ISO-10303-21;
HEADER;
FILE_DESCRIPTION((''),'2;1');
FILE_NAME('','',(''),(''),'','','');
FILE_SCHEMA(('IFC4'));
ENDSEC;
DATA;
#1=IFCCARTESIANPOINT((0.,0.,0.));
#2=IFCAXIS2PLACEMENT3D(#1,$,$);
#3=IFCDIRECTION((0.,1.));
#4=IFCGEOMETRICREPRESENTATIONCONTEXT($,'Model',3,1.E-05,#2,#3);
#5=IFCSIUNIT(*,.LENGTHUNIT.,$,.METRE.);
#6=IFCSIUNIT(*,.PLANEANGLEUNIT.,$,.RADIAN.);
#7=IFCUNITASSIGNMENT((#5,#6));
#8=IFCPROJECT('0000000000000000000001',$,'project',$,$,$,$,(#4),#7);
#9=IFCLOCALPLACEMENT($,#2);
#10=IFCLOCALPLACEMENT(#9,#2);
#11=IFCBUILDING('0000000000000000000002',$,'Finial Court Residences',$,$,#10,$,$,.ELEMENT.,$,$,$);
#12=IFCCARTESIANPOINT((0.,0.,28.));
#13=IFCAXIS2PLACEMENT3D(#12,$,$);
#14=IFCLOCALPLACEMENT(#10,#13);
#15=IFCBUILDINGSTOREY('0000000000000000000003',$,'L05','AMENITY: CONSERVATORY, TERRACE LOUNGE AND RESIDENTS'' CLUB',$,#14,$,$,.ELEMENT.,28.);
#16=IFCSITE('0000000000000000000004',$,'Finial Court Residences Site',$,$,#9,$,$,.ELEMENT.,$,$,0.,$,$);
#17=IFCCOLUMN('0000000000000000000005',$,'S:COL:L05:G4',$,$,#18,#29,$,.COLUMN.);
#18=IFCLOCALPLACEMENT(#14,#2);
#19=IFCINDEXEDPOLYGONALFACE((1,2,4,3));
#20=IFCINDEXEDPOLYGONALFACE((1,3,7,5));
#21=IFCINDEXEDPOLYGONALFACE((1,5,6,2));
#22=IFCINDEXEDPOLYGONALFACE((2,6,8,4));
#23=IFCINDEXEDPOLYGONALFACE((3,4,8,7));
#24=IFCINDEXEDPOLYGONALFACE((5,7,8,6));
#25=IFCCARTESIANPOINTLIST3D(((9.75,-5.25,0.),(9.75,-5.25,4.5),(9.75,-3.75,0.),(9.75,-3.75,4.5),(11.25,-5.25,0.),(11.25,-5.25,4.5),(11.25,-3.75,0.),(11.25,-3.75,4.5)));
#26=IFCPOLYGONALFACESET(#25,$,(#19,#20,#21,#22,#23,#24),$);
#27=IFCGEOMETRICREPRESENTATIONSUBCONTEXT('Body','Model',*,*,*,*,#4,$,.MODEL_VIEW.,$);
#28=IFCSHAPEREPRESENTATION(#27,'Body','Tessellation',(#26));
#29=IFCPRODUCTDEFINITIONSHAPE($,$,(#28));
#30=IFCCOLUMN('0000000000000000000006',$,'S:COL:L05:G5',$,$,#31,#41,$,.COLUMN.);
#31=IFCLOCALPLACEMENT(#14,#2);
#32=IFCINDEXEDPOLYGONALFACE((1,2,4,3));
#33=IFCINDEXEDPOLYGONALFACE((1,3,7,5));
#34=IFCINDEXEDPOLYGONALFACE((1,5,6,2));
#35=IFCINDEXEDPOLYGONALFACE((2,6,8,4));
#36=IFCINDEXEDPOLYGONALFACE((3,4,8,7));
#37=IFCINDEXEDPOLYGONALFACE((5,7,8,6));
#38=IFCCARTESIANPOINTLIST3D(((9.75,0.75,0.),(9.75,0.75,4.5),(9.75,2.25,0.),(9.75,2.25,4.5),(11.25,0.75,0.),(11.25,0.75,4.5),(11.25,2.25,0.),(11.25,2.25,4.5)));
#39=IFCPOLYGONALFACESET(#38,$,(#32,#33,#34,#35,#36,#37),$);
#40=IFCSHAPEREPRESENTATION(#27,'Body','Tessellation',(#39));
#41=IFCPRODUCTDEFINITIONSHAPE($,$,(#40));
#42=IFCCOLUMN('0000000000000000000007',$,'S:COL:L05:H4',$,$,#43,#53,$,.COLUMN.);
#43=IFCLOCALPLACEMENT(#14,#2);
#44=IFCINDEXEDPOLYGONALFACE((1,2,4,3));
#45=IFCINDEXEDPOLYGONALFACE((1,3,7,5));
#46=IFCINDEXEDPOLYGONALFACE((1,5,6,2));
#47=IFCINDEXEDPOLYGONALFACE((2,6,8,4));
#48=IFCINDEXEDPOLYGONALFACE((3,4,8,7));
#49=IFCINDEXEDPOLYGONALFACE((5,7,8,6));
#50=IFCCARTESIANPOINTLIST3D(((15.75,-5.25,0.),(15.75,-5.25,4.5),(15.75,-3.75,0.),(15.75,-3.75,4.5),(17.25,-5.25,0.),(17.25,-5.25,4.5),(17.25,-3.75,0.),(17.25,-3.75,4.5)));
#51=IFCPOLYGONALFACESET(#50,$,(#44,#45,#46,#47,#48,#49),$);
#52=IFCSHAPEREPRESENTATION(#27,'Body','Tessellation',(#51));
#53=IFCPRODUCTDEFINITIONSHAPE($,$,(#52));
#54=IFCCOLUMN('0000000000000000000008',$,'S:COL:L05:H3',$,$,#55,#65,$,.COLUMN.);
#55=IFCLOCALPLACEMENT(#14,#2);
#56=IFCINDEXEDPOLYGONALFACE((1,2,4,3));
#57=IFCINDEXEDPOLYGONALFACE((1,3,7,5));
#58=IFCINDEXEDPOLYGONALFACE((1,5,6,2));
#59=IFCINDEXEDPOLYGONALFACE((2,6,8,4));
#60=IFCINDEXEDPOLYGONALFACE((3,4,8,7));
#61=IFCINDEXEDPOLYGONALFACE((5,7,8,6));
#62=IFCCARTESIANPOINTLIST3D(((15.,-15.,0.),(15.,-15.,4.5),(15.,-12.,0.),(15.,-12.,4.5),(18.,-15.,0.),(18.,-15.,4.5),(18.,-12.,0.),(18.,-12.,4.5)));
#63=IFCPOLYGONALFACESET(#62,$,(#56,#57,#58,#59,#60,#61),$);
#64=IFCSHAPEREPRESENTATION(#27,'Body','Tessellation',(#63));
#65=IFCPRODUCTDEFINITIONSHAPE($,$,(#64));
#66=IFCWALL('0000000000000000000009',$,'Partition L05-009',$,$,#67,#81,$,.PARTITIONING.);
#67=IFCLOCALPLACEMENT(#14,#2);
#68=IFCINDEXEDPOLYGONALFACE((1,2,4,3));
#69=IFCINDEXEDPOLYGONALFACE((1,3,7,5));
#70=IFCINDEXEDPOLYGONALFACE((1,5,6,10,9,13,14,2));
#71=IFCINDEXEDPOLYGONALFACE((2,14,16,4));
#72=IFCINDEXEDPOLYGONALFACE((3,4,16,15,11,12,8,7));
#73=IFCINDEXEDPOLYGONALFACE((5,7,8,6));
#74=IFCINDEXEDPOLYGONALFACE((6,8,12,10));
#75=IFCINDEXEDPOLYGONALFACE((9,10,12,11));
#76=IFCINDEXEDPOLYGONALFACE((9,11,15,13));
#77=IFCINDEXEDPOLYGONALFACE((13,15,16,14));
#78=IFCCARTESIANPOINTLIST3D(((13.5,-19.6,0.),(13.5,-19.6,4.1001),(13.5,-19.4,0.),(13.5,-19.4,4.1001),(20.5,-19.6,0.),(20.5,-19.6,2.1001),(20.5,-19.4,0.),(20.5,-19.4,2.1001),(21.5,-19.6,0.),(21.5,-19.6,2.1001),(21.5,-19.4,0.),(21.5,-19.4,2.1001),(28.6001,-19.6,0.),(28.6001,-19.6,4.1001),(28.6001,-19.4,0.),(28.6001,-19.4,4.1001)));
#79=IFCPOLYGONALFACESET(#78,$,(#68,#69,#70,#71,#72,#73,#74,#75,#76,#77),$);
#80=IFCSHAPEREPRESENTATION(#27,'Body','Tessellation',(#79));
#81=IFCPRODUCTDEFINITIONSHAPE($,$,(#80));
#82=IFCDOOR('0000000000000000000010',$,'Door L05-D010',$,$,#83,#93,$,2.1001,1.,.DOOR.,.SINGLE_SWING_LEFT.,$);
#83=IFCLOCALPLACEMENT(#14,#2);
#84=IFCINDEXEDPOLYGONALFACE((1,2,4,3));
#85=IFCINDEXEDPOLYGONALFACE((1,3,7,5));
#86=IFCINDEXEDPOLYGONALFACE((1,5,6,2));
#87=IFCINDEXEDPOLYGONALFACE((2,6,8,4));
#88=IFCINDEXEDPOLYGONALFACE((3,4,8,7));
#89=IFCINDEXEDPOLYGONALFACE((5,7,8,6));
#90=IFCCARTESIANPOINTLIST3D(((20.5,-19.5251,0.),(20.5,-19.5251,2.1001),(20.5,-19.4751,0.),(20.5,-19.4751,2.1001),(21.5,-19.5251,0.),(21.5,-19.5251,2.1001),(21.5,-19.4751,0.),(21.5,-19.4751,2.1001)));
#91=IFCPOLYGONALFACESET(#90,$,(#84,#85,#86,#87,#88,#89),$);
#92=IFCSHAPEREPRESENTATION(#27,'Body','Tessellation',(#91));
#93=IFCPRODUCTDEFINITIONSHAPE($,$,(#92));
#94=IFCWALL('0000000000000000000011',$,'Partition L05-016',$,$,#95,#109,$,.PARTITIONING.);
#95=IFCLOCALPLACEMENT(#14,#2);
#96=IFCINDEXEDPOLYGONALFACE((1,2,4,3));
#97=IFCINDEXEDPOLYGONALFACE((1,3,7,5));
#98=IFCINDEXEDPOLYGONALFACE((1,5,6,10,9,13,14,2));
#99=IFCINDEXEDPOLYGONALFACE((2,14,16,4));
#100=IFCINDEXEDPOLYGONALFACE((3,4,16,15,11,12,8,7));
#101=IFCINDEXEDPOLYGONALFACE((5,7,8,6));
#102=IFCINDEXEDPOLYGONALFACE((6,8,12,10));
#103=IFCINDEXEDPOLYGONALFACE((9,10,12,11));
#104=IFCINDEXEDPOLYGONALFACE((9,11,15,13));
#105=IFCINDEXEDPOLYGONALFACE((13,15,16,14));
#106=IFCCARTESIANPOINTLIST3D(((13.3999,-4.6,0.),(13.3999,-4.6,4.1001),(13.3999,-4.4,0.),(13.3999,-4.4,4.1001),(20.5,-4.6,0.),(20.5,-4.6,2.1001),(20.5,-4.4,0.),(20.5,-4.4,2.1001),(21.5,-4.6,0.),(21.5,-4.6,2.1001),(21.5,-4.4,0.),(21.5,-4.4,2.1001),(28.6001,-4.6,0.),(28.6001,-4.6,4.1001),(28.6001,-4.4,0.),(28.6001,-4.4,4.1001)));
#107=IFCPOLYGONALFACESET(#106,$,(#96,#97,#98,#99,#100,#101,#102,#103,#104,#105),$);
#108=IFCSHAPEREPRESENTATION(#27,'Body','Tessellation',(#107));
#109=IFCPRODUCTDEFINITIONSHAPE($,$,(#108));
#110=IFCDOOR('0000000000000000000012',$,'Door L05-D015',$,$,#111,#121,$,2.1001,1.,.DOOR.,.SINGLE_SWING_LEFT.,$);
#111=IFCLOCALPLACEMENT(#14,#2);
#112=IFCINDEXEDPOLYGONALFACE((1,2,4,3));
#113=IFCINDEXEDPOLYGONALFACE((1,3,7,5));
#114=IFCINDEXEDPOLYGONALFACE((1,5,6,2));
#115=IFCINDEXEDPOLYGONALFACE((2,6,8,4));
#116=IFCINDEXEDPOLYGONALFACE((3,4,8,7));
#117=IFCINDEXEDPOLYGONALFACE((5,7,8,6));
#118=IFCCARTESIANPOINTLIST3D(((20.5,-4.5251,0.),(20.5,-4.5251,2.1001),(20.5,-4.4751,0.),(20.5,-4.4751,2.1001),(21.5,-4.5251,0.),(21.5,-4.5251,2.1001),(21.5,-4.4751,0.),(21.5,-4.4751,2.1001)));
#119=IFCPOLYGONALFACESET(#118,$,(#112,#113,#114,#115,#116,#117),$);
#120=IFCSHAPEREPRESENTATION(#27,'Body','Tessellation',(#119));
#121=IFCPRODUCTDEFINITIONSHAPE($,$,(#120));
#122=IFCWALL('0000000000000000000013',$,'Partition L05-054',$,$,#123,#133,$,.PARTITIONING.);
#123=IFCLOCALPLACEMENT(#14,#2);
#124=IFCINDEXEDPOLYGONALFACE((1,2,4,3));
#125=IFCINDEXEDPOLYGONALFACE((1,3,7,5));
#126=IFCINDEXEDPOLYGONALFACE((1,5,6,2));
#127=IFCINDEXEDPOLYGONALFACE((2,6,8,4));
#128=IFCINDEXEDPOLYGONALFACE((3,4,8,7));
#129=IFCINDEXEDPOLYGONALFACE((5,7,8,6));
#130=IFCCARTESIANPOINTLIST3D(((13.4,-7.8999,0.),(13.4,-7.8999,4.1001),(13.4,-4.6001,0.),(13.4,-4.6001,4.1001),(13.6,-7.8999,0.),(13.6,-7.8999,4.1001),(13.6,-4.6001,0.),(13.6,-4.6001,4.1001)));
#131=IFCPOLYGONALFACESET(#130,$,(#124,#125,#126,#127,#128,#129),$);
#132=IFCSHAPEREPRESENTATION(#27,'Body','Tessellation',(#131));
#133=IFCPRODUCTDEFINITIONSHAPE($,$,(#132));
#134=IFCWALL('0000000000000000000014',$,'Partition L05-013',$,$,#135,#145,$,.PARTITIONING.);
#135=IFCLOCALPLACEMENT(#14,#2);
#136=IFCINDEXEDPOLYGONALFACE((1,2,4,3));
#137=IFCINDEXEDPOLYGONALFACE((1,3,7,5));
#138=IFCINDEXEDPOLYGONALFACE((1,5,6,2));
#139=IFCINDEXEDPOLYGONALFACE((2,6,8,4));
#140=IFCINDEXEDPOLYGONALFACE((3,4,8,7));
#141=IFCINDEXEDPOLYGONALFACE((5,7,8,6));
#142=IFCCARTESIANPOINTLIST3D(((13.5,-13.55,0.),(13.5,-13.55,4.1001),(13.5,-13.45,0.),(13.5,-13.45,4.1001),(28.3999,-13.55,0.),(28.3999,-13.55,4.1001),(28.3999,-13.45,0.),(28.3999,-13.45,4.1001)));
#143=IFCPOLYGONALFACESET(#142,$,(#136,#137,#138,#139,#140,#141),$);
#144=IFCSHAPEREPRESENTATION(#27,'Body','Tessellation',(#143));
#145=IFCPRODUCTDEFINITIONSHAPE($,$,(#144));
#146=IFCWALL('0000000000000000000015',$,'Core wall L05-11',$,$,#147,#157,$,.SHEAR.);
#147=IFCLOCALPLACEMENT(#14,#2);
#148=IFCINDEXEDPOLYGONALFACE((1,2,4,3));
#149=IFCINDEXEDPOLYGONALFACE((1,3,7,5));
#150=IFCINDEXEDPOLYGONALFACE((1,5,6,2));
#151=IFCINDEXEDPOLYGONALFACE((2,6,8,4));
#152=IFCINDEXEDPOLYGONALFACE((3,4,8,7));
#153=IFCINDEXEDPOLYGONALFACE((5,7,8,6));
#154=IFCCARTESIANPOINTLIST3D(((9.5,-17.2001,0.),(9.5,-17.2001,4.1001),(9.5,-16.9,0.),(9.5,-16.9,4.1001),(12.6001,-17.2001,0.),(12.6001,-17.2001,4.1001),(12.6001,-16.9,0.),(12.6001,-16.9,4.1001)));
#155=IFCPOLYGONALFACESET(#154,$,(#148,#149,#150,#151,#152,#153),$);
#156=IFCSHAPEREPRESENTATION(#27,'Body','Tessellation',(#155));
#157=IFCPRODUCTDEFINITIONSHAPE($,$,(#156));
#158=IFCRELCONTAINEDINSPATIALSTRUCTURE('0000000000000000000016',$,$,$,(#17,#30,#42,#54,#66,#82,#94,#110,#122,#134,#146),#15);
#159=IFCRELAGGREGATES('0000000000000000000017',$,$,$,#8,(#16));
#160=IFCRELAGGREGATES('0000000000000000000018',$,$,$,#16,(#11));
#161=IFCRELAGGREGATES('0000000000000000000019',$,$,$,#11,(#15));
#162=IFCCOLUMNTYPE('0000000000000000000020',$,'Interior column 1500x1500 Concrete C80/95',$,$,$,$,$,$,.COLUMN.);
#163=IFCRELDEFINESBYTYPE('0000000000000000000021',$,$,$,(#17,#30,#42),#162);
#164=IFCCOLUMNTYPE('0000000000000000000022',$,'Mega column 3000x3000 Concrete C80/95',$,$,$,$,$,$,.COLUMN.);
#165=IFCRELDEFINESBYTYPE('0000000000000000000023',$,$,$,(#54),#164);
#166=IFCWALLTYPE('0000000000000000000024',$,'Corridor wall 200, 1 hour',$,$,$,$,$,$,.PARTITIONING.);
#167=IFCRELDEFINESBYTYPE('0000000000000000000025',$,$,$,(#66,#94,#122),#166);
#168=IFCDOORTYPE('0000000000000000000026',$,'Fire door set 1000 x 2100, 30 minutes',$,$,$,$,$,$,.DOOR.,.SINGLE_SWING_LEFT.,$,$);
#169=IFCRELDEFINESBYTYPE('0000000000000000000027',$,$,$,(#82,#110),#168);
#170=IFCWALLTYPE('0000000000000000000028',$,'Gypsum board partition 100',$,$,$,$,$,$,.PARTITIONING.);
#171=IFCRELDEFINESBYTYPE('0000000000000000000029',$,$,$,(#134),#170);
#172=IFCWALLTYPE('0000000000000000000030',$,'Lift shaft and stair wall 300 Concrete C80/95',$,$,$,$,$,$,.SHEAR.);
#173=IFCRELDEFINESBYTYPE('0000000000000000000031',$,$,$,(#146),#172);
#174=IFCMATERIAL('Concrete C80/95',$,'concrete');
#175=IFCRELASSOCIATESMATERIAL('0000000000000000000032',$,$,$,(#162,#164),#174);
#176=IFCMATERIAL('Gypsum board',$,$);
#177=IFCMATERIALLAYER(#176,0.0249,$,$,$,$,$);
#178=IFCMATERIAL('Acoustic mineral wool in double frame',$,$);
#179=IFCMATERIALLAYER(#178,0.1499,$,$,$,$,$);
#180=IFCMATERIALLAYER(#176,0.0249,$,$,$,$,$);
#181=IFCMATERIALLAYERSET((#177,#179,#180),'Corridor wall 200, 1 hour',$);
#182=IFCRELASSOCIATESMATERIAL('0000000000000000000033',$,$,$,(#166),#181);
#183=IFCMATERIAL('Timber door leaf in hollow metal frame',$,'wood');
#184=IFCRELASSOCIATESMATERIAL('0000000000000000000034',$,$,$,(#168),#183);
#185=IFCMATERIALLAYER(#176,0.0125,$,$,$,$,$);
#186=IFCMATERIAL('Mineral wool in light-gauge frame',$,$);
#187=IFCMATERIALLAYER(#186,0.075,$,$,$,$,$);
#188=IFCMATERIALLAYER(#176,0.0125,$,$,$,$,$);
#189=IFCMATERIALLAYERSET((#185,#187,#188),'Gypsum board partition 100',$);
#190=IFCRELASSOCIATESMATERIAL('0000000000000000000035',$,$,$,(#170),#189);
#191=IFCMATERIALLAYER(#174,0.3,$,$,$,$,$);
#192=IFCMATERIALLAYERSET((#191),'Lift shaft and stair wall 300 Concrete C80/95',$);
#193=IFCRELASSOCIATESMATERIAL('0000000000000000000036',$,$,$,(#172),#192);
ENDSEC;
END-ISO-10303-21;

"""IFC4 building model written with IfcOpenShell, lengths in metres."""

from ifc_helpers import new_model, si_unit, direction, frame, frame_2d, origin, origin_2d, place, context, subcontext, project, spatial, rectangle, extrude, material, layer, layer_set, material_profile, profile_set, type_object, element, fill, save


model = new_model("IFC4")

# Units and contexts
model_context = context("Model", 3, precision=1e-05, world=origin(), true_north=direction((0.0, 1.0)))
body_context = subcontext(model_context, "Body", "Model", "MODEL_VIEW")
ifc_project = project(units=[si_unit("LENGTHUNIT", "METRE"), si_unit("PLANEANGLEUNIT", "RADIAN")], contexts=[model_context])

# Site, building, storey
site_placement = place(None, origin())
site = spatial("IfcSite", under=ifc_project, at=site_placement, Name="Finial Court Residences Site", CompositionType="ELEMENT", RefElevation=0.0)
building_placement = place(site_placement, origin())
building = spatial("IfcBuilding", under=site, at=building_placement, Name="Finial Court Residences", CompositionType="ELEMENT")
storey_placement = place(building_placement, frame((0.0, 0.0, 28.0)))
storey = spatial("IfcBuildingStorey", under=building, at=storey_placement, Name="L05", Description="AMENITY: CONSERVATORY, TERRACE LOUNGE AND RESIDENTS' CLUB", CompositionType="ELEMENT", Elevation=28.0)

# Columns
ifc_material_1 = material(Name="Concrete C80/95", Category="concrete")
ifc_material_profile_1 = material_profile(ifc_material_1, rectangle(XDim=1.5, YDim=1.5, at=origin_2d()), Name="1500x1500")
ifc_profile_set_1 = profile_set([ifc_material_profile_1], Name="Concrete C80/95")
column_type_1 = type_object("IfcColumnType", Name="Interior column 1500x1500 Concrete C80/95", PredefinedType="COLUMN", material=ifc_profile_set_1)
for number, where, z_axis, x_axis, name in (
    (1, (10.5, -4.5, 0.0), (0.0, 0.0, 1.0), (1.0, 0.0, 0.0), "S:COL:L05:G4"),
    (2, (10.5, 1.5, 0.0), (0.0, 0.0, 1.0), (1.0, 0.0, 0.0), "S:COL:L05:G5"),
    (3, (16.5, -4.5, 0.0), (0.0, 0.0, 1.0), (1.0, 0.0, 0.0), "S:COL:L05:H4"),
):
    element("IfcColumn", number, at=place(storey_placement, frame(where, z_axis=z_axis, x_axis=x_axis)), inside=storey, type_object=column_type_1, Name=name, PredefinedType="COLUMN", context=body_context, shape_type="SweptSolid", body=[
        extrude(rectangle(XDim=1.5, YDim=1.5, at=origin_2d()), origin(), (0.0, 0.0, 1.0), 4.5),
    ])
ifc_material_profile_2 = material_profile(ifc_material_1, rectangle(XDim=3.0, YDim=3.0, at=origin_2d()), Name="3000x3000")
ifc_profile_set_2 = profile_set([ifc_material_profile_2], Name="Concrete C80/95")
column_type_2 = type_object("IfcColumnType", Name="Mega column 3000x3000 Concrete C80/95", PredefinedType="COLUMN", material=ifc_profile_set_2)
column_placement = place(storey_placement, frame((16.5, -13.5, 0.0), z_axis=(0.0, 0.0, 1.0), x_axis=(1.0, 0.0, 0.0)))
element("IfcColumn", 4, at=column_placement, inside=storey, type_object=column_type_2, Name="S:COL:L05:H3", PredefinedType="COLUMN", context=body_context, shape_type="SweptSolid", body=[
    extrude(rectangle(XDim=3.0, YDim=3.0, at=origin_2d()), origin(), (0.0, 0.0, 1.0), 4.5),
])

# Walls, openings, doors
ifc_material_2 = material(Name="Gypsum board")
ifc_layer_1 = layer(ifc_material_2, 0.0249)
ifc_material_3 = material(Name="Acoustic mineral wool in double frame")
ifc_layer_2 = layer(ifc_material_3, 0.1499)
ifc_layer_3 = layer(ifc_material_2, 0.0249)
ifc_layer_set_1 = layer_set([ifc_layer_1, ifc_layer_2, ifc_layer_3], Name="Corridor wall 200, 1 hour")
wall_type_1 = type_object("IfcWallType", Name="Corridor wall 200, 1 hour", PredefinedType="PARTITIONING", material=ifc_layer_set_1)
wall_1_placement = place(storey_placement, frame((13.5, -19.5, 0.0), z_axis=(0.0, 0.0, 1.0), x_axis=(1.0, 0.0, 0.0)))
wall_1 = element("IfcWall", 5, at=wall_1_placement, inside=storey, type_object=wall_type_1, Name="Partition L05-009", PredefinedType="PARTITIONING", context=body_context, shape_type="SweptSolid", body=[
    extrude(rectangle(XDim=15.1001, YDim=0.2, at=frame_2d((7.55, 0.0))), origin(), (0.0, 0.0, 1.0), 4.1001),
])
opening_1_placement = place(wall_1_placement, frame((7.0, 0.0, 0.0)))
opening_1 = element("IfcOpeningElement", 6, at=opening_1_placement, cuts=wall_1, PredefinedType="OPENING", context=body_context, shape_type="SweptSolid", body=[
    extrude(rectangle(XDim=1.0, YDim=2.1001, at=frame_2d((0.5, 1.05))), frame((0.0, 0.1099, 0.0), z_axis=(0.0, -1.0, 0.0), x_axis=(1.0, 0.0, 0.0)), (0.0, 0.0, 1.0), 0.22),
])
ifc_material_4 = material(Name="Timber door leaf in hollow metal frame", Category="wood")
door_type_1 = type_object("IfcDoorType", Name="Fire door set 1000 x 2100, 30 minutes", OperationType="SINGLE_SWING_LEFT", PredefinedType="DOOR", material=ifc_material_4)
door_1_placement = place(opening_1_placement, origin())
door_1 = element("IfcDoor", 7, at=door_1_placement, inside=storey, type_object=door_type_1, Name="Door L05-D010", OperationType="SINGLE_SWING_LEFT", OverallHeight=2.1001, OverallWidth=1.0, PredefinedType="DOOR", context=body_context, shape_type="SweptSolid", body=[
    extrude(rectangle(XDim=1.0, YDim=2.1001, at=frame_2d((0.5, 1.05))), frame((0.0, 0.0249, 0.0), z_axis=(0.0, -1.0, 0.0), x_axis=(1.0, 0.0, 0.0)), (0.0, 0.0, 1.0), 0.05),
])
fill(opening_1, door_1)
wall_2_placement = place(storey_placement, frame((13.3999, -4.5, 0.0), z_axis=(0.0, 0.0, 1.0), x_axis=(1.0, 0.0, 0.0)))
wall_2 = element("IfcWall", 8, at=wall_2_placement, inside=storey, type_object=wall_type_1, Name="Partition L05-016", PredefinedType="PARTITIONING", context=body_context, shape_type="SweptSolid", body=[
    extrude(rectangle(XDim=15.2002, YDim=0.2, at=frame_2d((7.6001, 0.0))), origin(), (0.0, 0.0, 1.0), 4.1001),
])
opening_2_placement = place(wall_2_placement, frame((7.1001, 0.0, 0.0)))
opening_2 = element("IfcOpeningElement", 9, at=opening_2_placement, cuts=wall_2, PredefinedType="OPENING", context=body_context, shape_type="SweptSolid", body=[
    extrude(rectangle(XDim=1.0, YDim=2.1001, at=frame_2d((0.5, 1.05))), frame((0.0, 0.1099, 0.0), z_axis=(0.0, -1.0, 0.0), x_axis=(1.0, 0.0, 0.0)), (0.0, 0.0, 1.0), 0.22),
])
door_2_placement = place(opening_2_placement, origin())
door_2 = element("IfcDoor", 10, at=door_2_placement, inside=storey, type_object=door_type_1, Name="Door L05-D015", OperationType="SINGLE_SWING_LEFT", OverallHeight=2.1001, OverallWidth=1.0, PredefinedType="DOOR", context=body_context, shape_type="SweptSolid", body=[
    extrude(rectangle(XDim=1.0, YDim=2.1001, at=frame_2d((0.5, 1.05))), frame((0.0, 0.0249, 0.0), z_axis=(0.0, -1.0, 0.0), x_axis=(1.0, 0.0, 0.0)), (0.0, 0.0, 1.0), 0.05),
])
fill(opening_2, door_2)

# Walls
wall_3_placement = place(storey_placement, frame((13.5, -7.8999, 0.0), z_axis=(0.0, 0.0, 1.0), x_axis=(0.0, 1.0, 0.0)))
element("IfcWall", 11, at=wall_3_placement, inside=storey, type_object=wall_type_1, Name="Partition L05-054", PredefinedType="PARTITIONING", context=body_context, shape_type="SweptSolid", body=[
    extrude(rectangle(XDim=3.2998, YDim=0.2, at=frame_2d((1.6499, 0.0))), origin(), (0.0, 0.0, 1.0), 4.1001),
])
ifc_layer_4 = layer(ifc_material_2, 0.0125)
ifc_material_5 = material(Name="Mineral wool in light-gauge frame")
ifc_layer_5 = layer(ifc_material_5, 0.075)
ifc_layer_6 = layer(ifc_material_2, 0.0125)
ifc_layer_set_2 = layer_set([ifc_layer_4, ifc_layer_5, ifc_layer_6], Name="Gypsum board partition 100")
wall_type_2 = type_object("IfcWallType", Name="Gypsum board partition 100", PredefinedType="PARTITIONING", material=ifc_layer_set_2)
wall_4_placement = place(storey_placement, frame((13.5, -13.5, 0.0), z_axis=(0.0, 0.0, 1.0), x_axis=(1.0, 0.0, 0.0)))
element("IfcWall", 12, at=wall_4_placement, inside=storey, type_object=wall_type_2, Name="Partition L05-013", PredefinedType="PARTITIONING", context=body_context, shape_type="SweptSolid", body=[
    extrude(rectangle(XDim=14.8999, YDim=0.1001, at=frame_2d((7.45, 0.0))), origin(), (0.0, 0.0, 1.0), 4.1001),
])
ifc_layer_7 = layer(ifc_material_1, 0.3)
ifc_layer_set_3 = layer_set([ifc_layer_7], Name="Lift shaft and stair wall 300 Concrete C80/95")
wall_type_3 = type_object("IfcWallType", Name="Lift shaft and stair wall 300 Concrete C80/95", PredefinedType="SHEAR", material=ifc_layer_set_3)
wall_5_placement = place(storey_placement, frame((9.5, -17.05, 0.0), z_axis=(0.0, 0.0, 1.0), x_axis=(1.0, 0.0, 0.0)))
element("IfcWall", 13, at=wall_5_placement, inside=storey, type_object=wall_type_3, Name="Core wall L05-11", PredefinedType="SHEAR", context=body_context, shape_type="SweptSolid", body=[
    extrude(rectangle(XDim=3.1001, YDim=0.3, at=frame_2d((1.55, 0.0))), origin(), (0.0, 0.0, 1.0), 4.1001),
])

save(model, "model.ifc")
